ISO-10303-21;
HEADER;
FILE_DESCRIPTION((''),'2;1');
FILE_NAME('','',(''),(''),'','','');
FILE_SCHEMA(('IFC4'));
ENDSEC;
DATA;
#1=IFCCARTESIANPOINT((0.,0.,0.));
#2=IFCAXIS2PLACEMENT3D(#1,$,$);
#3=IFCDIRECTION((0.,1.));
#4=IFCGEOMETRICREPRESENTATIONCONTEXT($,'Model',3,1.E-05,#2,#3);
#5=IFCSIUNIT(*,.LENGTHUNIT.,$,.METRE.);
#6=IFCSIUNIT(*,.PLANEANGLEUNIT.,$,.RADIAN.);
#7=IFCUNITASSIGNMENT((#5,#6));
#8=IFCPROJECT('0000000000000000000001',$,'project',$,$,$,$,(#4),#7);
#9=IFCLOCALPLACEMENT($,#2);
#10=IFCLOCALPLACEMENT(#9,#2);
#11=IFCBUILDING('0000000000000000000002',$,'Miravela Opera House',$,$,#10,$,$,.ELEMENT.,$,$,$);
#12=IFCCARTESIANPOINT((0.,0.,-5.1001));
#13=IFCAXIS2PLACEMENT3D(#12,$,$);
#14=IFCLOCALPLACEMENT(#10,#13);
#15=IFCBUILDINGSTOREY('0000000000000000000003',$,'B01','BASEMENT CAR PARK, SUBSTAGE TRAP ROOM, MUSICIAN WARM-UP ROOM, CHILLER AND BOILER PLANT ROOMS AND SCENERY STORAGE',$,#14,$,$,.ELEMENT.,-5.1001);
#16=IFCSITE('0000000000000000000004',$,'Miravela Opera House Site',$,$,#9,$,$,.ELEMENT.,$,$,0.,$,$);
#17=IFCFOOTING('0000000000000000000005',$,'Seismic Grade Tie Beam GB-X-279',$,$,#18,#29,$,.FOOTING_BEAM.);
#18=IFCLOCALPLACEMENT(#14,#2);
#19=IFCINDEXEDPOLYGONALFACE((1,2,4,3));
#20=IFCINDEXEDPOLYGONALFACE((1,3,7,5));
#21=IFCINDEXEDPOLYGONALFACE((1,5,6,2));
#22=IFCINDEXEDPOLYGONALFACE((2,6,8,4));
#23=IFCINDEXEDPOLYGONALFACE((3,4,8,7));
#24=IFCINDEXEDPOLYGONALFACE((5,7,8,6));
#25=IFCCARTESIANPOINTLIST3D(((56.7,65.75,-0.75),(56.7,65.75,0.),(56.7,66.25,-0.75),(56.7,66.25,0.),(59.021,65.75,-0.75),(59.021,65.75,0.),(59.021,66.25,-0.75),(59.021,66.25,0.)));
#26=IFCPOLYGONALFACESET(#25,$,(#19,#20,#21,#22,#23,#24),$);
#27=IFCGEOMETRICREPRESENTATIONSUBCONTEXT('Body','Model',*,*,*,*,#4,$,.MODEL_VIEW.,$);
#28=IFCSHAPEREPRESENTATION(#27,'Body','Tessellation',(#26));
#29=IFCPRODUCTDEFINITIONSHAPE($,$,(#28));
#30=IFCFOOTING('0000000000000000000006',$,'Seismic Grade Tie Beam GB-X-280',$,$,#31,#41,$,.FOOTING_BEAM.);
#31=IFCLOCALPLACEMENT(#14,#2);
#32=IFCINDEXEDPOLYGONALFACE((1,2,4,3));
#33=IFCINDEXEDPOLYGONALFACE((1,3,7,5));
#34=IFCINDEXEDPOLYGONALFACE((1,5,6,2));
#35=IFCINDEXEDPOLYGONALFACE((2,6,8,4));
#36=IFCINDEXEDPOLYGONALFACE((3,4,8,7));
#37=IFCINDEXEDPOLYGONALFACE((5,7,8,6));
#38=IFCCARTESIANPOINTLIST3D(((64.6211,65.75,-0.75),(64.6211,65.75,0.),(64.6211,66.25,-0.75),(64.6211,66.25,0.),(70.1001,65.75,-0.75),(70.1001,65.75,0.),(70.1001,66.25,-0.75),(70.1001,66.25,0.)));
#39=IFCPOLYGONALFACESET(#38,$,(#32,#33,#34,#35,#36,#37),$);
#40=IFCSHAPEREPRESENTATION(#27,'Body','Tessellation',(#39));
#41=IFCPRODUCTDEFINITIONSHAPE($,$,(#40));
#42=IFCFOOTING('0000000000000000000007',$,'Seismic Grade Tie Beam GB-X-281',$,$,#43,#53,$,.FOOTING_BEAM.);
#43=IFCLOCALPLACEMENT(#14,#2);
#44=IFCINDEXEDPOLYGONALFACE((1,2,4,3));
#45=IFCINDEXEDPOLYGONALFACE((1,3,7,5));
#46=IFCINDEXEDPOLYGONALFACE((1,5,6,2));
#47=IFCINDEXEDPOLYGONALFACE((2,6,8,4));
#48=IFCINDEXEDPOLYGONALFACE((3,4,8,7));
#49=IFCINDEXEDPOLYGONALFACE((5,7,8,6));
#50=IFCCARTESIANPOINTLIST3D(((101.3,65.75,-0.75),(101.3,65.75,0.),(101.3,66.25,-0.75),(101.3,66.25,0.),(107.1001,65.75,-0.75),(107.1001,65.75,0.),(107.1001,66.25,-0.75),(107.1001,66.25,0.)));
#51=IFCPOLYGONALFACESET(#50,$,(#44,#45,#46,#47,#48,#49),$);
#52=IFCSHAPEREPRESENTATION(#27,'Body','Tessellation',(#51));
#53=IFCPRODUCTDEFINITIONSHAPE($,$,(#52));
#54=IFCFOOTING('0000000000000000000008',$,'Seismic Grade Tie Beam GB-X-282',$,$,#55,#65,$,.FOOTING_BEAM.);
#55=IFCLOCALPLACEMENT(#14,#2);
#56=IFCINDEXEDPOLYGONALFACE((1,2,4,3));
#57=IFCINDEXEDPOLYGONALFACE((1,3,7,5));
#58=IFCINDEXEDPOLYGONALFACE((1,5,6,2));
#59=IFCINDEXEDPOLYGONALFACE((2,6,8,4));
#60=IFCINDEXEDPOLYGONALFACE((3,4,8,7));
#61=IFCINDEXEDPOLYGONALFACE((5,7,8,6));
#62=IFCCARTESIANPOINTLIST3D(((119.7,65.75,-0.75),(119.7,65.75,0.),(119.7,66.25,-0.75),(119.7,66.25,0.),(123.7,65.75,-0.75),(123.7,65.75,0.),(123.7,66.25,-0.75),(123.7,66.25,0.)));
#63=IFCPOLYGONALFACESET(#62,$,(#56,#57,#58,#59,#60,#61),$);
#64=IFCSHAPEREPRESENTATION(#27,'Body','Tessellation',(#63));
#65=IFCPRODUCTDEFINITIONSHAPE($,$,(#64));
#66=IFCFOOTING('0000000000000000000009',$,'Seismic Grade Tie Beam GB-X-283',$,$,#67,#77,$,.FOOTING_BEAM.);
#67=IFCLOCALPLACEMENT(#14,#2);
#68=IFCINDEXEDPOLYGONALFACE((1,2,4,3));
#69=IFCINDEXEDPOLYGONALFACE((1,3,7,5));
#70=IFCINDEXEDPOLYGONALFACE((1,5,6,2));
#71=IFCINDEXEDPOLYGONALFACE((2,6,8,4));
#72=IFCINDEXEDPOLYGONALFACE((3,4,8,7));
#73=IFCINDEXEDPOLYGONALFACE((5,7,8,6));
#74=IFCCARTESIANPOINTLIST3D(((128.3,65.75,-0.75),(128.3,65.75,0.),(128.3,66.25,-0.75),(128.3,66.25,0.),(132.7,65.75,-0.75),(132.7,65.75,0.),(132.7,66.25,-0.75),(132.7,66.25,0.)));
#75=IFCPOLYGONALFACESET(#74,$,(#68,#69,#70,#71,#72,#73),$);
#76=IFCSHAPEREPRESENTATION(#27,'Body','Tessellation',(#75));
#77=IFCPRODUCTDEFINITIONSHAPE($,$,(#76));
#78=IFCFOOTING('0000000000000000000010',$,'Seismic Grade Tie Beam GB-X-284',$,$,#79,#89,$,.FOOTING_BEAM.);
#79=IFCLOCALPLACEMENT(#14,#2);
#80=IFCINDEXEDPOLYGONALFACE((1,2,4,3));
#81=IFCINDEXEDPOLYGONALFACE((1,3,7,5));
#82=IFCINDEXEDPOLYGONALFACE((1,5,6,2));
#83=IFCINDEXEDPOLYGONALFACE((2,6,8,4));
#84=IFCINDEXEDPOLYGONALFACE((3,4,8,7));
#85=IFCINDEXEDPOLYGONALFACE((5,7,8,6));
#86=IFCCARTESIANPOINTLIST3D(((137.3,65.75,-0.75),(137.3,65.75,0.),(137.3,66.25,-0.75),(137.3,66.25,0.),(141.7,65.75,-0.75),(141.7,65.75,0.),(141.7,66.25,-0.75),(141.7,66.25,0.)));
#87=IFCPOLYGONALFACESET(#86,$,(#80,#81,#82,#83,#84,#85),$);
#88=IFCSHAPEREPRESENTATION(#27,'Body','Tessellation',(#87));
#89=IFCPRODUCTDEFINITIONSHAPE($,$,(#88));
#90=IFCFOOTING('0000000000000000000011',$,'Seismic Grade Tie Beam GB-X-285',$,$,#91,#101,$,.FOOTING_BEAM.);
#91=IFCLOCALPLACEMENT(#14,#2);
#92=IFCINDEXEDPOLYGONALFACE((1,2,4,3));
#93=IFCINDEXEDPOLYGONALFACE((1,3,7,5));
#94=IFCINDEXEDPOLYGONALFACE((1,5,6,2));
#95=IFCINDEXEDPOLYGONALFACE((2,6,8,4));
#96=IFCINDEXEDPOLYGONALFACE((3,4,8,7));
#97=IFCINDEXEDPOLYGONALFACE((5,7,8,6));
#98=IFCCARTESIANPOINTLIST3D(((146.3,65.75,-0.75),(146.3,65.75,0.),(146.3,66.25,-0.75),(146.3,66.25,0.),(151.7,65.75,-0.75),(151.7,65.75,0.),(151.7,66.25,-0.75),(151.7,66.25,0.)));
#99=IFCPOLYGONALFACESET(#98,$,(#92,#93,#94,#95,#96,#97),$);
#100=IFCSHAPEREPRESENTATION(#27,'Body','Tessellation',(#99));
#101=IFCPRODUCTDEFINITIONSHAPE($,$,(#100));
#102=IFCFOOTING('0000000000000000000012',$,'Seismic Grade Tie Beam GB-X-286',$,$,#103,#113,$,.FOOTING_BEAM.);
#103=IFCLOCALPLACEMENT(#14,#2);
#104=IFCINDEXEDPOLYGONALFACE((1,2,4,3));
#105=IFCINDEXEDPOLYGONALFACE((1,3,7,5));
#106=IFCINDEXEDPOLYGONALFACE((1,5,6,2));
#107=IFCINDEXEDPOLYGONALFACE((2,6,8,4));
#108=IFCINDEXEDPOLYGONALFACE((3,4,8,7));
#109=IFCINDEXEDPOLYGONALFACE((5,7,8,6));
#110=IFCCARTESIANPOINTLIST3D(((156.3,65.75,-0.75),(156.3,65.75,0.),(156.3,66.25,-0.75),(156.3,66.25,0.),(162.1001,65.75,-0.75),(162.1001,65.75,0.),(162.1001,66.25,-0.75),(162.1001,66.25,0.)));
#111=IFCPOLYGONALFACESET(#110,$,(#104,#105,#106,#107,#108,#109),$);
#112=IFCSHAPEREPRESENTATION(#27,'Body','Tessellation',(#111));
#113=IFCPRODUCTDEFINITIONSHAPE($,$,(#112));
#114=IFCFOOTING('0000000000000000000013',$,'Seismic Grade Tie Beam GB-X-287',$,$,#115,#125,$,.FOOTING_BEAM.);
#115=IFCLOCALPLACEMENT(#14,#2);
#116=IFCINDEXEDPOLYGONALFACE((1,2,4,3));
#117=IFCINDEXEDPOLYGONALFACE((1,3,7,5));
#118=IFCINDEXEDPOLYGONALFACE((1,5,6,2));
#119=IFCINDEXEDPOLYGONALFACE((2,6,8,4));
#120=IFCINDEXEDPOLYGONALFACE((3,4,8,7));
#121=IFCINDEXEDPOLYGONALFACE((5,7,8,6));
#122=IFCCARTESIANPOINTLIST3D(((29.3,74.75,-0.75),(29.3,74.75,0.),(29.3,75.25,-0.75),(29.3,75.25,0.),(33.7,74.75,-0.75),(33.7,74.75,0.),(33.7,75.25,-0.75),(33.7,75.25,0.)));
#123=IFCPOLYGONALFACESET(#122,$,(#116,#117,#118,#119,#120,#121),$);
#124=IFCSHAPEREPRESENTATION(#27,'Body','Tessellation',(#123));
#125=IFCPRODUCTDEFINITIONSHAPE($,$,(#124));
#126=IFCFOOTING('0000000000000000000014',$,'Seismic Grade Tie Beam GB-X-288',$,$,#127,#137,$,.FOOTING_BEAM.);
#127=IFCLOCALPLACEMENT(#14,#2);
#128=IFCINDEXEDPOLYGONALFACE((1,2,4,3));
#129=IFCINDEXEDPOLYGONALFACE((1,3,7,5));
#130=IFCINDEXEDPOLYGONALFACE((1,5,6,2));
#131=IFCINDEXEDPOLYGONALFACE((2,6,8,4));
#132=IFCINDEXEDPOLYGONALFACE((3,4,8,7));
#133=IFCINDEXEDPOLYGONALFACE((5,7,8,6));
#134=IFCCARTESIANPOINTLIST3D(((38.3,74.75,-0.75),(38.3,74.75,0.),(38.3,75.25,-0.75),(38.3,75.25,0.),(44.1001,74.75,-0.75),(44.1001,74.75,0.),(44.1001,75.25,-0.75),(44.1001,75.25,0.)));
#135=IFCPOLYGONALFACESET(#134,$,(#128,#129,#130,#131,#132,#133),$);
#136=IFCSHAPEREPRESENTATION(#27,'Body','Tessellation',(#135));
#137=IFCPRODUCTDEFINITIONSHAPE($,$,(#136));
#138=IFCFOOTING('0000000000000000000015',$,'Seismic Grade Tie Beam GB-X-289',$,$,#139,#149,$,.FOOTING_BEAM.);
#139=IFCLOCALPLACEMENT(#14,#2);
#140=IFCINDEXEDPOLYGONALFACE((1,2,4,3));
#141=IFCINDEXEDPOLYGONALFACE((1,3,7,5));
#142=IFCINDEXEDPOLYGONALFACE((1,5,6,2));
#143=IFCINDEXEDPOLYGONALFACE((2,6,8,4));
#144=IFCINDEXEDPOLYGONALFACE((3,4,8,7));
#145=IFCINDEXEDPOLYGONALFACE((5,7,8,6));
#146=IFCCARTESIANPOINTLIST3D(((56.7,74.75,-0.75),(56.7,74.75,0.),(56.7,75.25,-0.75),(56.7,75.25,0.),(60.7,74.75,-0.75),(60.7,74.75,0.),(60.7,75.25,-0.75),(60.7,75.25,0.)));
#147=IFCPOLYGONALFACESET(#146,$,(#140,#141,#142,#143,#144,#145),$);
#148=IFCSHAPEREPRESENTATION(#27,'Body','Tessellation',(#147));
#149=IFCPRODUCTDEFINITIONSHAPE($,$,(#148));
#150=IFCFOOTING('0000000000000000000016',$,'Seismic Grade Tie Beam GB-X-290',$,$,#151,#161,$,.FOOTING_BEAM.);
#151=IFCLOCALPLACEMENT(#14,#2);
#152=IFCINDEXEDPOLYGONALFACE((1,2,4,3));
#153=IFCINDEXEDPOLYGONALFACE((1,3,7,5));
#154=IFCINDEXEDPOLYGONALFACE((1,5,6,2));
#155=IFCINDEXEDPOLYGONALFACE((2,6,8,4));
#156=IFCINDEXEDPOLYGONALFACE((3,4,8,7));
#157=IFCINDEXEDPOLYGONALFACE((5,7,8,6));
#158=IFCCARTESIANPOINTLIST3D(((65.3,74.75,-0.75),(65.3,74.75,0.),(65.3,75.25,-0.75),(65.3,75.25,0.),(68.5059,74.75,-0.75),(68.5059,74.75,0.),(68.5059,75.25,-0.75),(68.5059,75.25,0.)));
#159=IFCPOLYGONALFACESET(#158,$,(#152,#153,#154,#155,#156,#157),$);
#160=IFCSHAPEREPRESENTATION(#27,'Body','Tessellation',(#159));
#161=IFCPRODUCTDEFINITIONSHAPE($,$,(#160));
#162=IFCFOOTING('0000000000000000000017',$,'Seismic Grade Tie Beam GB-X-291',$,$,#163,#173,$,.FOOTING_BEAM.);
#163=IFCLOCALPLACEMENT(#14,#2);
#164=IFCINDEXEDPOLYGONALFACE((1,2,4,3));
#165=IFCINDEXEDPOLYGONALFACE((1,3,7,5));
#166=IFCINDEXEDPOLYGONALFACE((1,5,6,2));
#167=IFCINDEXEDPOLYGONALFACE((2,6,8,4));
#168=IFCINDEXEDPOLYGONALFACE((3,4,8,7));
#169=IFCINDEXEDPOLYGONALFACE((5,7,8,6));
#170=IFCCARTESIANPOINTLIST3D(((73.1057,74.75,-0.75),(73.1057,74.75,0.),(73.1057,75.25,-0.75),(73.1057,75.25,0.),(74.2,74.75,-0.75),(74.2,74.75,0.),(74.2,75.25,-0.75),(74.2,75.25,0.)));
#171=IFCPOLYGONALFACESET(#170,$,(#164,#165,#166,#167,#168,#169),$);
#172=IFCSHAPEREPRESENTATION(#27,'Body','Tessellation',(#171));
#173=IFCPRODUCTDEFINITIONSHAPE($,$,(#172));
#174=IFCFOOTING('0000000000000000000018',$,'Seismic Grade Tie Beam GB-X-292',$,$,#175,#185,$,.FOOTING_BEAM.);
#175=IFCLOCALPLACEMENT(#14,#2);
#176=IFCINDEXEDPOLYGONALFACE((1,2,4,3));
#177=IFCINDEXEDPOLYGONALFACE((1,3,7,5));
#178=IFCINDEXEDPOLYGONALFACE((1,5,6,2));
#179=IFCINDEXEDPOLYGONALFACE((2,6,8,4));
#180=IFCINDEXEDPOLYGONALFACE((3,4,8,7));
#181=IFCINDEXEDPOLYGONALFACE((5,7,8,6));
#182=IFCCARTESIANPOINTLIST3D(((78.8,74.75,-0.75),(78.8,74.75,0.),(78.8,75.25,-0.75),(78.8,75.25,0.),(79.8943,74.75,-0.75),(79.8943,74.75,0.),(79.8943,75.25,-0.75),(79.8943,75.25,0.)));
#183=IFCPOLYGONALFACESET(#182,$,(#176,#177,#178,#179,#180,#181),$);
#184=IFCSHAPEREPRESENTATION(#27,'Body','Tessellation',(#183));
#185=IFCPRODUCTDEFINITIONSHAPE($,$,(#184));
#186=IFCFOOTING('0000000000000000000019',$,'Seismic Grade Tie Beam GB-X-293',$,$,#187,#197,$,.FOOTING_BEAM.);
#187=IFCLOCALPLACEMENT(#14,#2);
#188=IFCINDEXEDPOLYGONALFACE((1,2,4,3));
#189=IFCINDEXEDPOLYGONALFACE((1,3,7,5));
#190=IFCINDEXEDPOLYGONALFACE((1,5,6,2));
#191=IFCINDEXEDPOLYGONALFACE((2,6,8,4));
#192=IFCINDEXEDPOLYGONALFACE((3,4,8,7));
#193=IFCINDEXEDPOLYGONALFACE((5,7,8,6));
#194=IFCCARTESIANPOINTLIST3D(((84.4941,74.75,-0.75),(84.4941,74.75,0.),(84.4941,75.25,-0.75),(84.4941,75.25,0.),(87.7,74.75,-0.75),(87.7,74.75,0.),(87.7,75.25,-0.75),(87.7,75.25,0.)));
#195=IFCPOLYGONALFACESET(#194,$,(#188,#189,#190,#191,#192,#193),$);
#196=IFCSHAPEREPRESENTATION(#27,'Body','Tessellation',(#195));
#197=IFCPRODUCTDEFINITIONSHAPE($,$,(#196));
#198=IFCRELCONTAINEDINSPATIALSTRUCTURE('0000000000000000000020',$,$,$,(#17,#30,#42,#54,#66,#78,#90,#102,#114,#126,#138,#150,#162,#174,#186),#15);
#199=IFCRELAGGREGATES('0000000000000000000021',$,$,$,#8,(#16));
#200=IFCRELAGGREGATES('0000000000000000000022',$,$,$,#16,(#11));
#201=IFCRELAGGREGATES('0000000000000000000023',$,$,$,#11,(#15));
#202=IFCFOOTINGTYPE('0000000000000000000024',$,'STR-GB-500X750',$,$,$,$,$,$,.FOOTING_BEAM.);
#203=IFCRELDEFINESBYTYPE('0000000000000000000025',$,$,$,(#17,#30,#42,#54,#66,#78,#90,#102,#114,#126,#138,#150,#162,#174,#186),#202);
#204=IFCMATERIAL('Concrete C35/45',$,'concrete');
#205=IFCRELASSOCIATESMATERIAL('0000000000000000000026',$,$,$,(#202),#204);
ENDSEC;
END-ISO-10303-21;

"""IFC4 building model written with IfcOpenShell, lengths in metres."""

from ifc_helpers import new_model, si_unit, direction, frame, origin, place, context, subcontext, project, spatial, polyline, outline, extrude, material, type_object, element, save


model = new_model("IFC4")

# Units and contexts
model_context = context("Model", 3, precision=1e-05, world=origin(), true_north=direction((0.0, 1.0)))
body_context = subcontext(model_context, "Body", "Model", "MODEL_VIEW")
ifc_project = project(units=[si_unit("LENGTHUNIT", "METRE"), si_unit("PLANEANGLEUNIT", "RADIAN")], contexts=[model_context])

# Site, building, storey
site_placement = place(None, origin())
site = spatial("IfcSite", under=ifc_project, at=site_placement, Name="Miravela Opera House Site", CompositionType="ELEMENT", RefElevation=0.0)
building_placement = place(site_placement, origin())
building = spatial("IfcBuilding", under=site, at=building_placement, Name="Miravela Opera House", CompositionType="ELEMENT")
storey_placement = place(building_placement, frame((0.0, 0.0, -5.1001)))
storey = spatial("IfcBuildingStorey", under=building, at=storey_placement, Name="B01", Description="BASEMENT CAR PARK, SUBSTAGE TRAP ROOM, MUSICIAN WARM-UP ROOM, CHILLER AND BOILER PLANT ROOMS AND SCENERY STORAGE", CompositionType="ELEMENT", Elevation=-5.1001)

# Footings
ifc_material = material(Name="Concrete C35/45", Category="concrete")
footing_type = type_object("IfcFootingType", Name="STR-GB-500X750", PredefinedType="FOOTING_BEAM", material=ifc_material)
footing_1_placement = place(storey_placement, frame((0.0, 0.0, -0.75)))
element("IfcFooting", 1, at=footing_1_placement, inside=storey, type_object=footing_type, Name="Seismic Grade Tie Beam GB-X-279", PredefinedType="FOOTING_BEAM", context=body_context, shape_type="SweptSolid", body=[
    extrude(outline(polyline([(56.7, 65.75), (59.021, 65.75), (59.021, 66.25), (56.7, 66.25), (56.7, 65.75)])), origin(), (0.0, 0.0, 1.0), 0.75),
])
footing_2_placement = place(storey_placement, frame((0.0, 0.0, -0.75)))
element("IfcFooting", 2, at=footing_2_placement, inside=storey, type_object=footing_type, Name="Seismic Grade Tie Beam GB-X-280", PredefinedType="FOOTING_BEAM", context=body_context, shape_type="SweptSolid", body=[
    extrude(outline(polyline([(64.6211, 65.75), (70.1001, 65.75), (70.1001, 66.25), (64.6211, 66.25), (64.6211, 65.75)])), origin(), (0.0, 0.0, 1.0), 0.75),
])
footing_3_placement = place(storey_placement, frame((0.0, 0.0, -0.75)))
element("IfcFooting", 3, at=footing_3_placement, inside=storey, type_object=footing_type, Name="Seismic Grade Tie Beam GB-X-281", PredefinedType="FOOTING_BEAM", context=body_context, shape_type="SweptSolid", body=[
    extrude(outline(polyline([(101.3, 65.75), (107.1001, 65.75), (107.1001, 66.25), (101.3, 66.25), (101.3, 65.75)])), origin(), (0.0, 0.0, 1.0), 0.75),
])
footing_4_placement = place(storey_placement, frame((0.0, 0.0, -0.75)))
element("IfcFooting", 4, at=footing_4_placement, inside=storey, type_object=footing_type, Name="Seismic Grade Tie Beam GB-X-282", PredefinedType="FOOTING_BEAM", context=body_context, shape_type="SweptSolid", body=[
    extrude(outline(polyline([(119.7, 65.75), (123.7, 65.75), (123.7, 66.25), (119.7, 66.25), (119.7, 65.75)])), origin(), (0.0, 0.0, 1.0), 0.75),
])
footing_5_placement = place(storey_placement, frame((0.0, 0.0, -0.75)))
element("IfcFooting", 5, at=footing_5_placement, inside=storey, type_object=footing_type, Name="Seismic Grade Tie Beam GB-X-283", PredefinedType="FOOTING_BEAM", context=body_context, shape_type="SweptSolid", body=[
    extrude(outline(polyline([(128.3, 65.75), (132.7, 65.75), (132.7, 66.25), (128.3, 66.25), (128.3, 65.75)])), origin(), (0.0, 0.0, 1.0), 0.75),
])
footing_6_placement = place(storey_placement, frame((0.0, 0.0, -0.75)))
element("IfcFooting", 6, at=footing_6_placement, inside=storey, type_object=footing_type, Name="Seismic Grade Tie Beam GB-X-284", PredefinedType="FOOTING_BEAM", context=body_context, shape_type="SweptSolid", body=[
    extrude(outline(polyline([(137.3, 65.75), (141.7, 65.75), (141.7, 66.25), (137.3, 66.25), (137.3, 65.75)])), origin(), (0.0, 0.0, 1.0), 0.75),
])
footing_7_placement = place(storey_placement, frame((0.0, 0.0, -0.75)))
element("IfcFooting", 7, at=footing_7_placement, inside=storey, type_object=footing_type, Name="Seismic Grade Tie Beam GB-X-285", PredefinedType="FOOTING_BEAM", context=body_context, shape_type="SweptSolid", body=[
    extrude(outline(polyline([(146.3, 65.75), (151.7, 65.75), (151.7, 66.25), (146.3, 66.25), (146.3, 65.75)])), origin(), (0.0, 0.0, 1.0), 0.75),
])
footing_8_placement = place(storey_placement, frame((0.0, 0.0, -0.75)))
element("IfcFooting", 8, at=footing_8_placement, inside=storey, type_object=footing_type, Name="Seismic Grade Tie Beam GB-X-286", PredefinedType="FOOTING_BEAM", context=body_context, shape_type="SweptSolid", body=[
    extrude(outline(polyline([(156.3, 65.75), (162.1001, 65.75), (162.1001, 66.25), (156.3, 66.25), (156.3, 65.75)])), origin(), (0.0, 0.0, 1.0), 0.75),
])
footing_9_placement = place(storey_placement, frame((0.0, 0.0, -0.75)))
element("IfcFooting", 9, at=footing_9_placement, inside=storey, type_object=footing_type, Name="Seismic Grade Tie Beam GB-X-287", PredefinedType="FOOTING_BEAM", context=body_context, shape_type="SweptSolid", body=[
    extrude(outline(polyline([(29.3, 74.75), (33.7, 74.75), (33.7, 75.25), (29.3, 75.25), (29.3, 74.75)])), origin(), (0.0, 0.0, 1.0), 0.75),
])
footing_10_placement = place(storey_placement, frame((0.0, 0.0, -0.75)))
element("IfcFooting", 10, at=footing_10_placement, inside=storey, type_object=footing_type, Name="Seismic Grade Tie Beam GB-X-288", PredefinedType="FOOTING_BEAM", context=body_context, shape_type="SweptSolid", body=[
    extrude(outline(polyline([(38.3, 74.75), (44.1001, 74.75), (44.1001, 75.25), (38.3, 75.25), (38.3, 74.75)])), origin(), (0.0, 0.0, 1.0), 0.75),
])
footing_11_placement = place(storey_placement, frame((0.0, 0.0, -0.75)))
element("IfcFooting", 11, at=footing_11_placement, inside=storey, type_object=footing_type, Name="Seismic Grade Tie Beam GB-X-289", PredefinedType="FOOTING_BEAM", context=body_context, shape_type="SweptSolid", body=[
    extrude(outline(polyline([(56.7, 74.75), (60.7, 74.75), (60.7, 75.25), (56.7, 75.25), (56.7, 74.75)])), origin(), (0.0, 0.0, 1.0), 0.75),
])
footing_12_placement = place(storey_placement, frame((0.0, 0.0, -0.75)))
element("IfcFooting", 12, at=footing_12_placement, inside=storey, type_object=footing_type, Name="Seismic Grade Tie Beam GB-X-290", PredefinedType="FOOTING_BEAM", context=body_context, shape_type="SweptSolid", body=[
    extrude(outline(polyline([(65.3, 74.75), (68.5059, 74.75), (68.5059, 75.25), (65.3, 75.25), (65.3, 74.75)])), origin(), (0.0, 0.0, 1.0), 0.75),
])
footing_13_placement = place(storey_placement, frame((0.0, 0.0, -0.75)))
element("IfcFooting", 13, at=footing_13_placement, inside=storey, type_object=footing_type, Name="Seismic Grade Tie Beam GB-X-291", PredefinedType="FOOTING_BEAM", context=body_context, shape_type="SweptSolid", body=[
    extrude(outline(polyline([(73.1057, 74.75), (74.2, 74.75), (74.2, 75.25), (73.1057, 75.25), (73.1057, 74.75)])), origin(), (0.0, 0.0, 1.0), 0.75),
])
footing_14_placement = place(storey_placement, frame((0.0, 0.0, -0.75)))
element("IfcFooting", 14, at=footing_14_placement, inside=storey, type_object=footing_type, Name="Seismic Grade Tie Beam GB-X-292", PredefinedType="FOOTING_BEAM", context=body_context, shape_type="SweptSolid", body=[
    extrude(outline(polyline([(78.8, 74.75), (79.8943, 74.75), (79.8943, 75.25), (78.8, 75.25), (78.8, 74.75)])), origin(), (0.0, 0.0, 1.0), 0.75),
])
footing_15_placement = place(storey_placement, frame((0.0, 0.0, -0.75)))
element("IfcFooting", 15, at=footing_15_placement, inside=storey, type_object=footing_type, Name="Seismic Grade Tie Beam GB-X-293", PredefinedType="FOOTING_BEAM", context=body_context, shape_type="SweptSolid", body=[
    extrude(outline(polyline([(84.4941, 74.75), (87.7, 74.75), (87.7, 75.25), (84.4941, 75.25), (84.4941, 74.75)])), origin(), (0.0, 0.0, 1.0), 0.75),
])

save(model, "model.ifc")
